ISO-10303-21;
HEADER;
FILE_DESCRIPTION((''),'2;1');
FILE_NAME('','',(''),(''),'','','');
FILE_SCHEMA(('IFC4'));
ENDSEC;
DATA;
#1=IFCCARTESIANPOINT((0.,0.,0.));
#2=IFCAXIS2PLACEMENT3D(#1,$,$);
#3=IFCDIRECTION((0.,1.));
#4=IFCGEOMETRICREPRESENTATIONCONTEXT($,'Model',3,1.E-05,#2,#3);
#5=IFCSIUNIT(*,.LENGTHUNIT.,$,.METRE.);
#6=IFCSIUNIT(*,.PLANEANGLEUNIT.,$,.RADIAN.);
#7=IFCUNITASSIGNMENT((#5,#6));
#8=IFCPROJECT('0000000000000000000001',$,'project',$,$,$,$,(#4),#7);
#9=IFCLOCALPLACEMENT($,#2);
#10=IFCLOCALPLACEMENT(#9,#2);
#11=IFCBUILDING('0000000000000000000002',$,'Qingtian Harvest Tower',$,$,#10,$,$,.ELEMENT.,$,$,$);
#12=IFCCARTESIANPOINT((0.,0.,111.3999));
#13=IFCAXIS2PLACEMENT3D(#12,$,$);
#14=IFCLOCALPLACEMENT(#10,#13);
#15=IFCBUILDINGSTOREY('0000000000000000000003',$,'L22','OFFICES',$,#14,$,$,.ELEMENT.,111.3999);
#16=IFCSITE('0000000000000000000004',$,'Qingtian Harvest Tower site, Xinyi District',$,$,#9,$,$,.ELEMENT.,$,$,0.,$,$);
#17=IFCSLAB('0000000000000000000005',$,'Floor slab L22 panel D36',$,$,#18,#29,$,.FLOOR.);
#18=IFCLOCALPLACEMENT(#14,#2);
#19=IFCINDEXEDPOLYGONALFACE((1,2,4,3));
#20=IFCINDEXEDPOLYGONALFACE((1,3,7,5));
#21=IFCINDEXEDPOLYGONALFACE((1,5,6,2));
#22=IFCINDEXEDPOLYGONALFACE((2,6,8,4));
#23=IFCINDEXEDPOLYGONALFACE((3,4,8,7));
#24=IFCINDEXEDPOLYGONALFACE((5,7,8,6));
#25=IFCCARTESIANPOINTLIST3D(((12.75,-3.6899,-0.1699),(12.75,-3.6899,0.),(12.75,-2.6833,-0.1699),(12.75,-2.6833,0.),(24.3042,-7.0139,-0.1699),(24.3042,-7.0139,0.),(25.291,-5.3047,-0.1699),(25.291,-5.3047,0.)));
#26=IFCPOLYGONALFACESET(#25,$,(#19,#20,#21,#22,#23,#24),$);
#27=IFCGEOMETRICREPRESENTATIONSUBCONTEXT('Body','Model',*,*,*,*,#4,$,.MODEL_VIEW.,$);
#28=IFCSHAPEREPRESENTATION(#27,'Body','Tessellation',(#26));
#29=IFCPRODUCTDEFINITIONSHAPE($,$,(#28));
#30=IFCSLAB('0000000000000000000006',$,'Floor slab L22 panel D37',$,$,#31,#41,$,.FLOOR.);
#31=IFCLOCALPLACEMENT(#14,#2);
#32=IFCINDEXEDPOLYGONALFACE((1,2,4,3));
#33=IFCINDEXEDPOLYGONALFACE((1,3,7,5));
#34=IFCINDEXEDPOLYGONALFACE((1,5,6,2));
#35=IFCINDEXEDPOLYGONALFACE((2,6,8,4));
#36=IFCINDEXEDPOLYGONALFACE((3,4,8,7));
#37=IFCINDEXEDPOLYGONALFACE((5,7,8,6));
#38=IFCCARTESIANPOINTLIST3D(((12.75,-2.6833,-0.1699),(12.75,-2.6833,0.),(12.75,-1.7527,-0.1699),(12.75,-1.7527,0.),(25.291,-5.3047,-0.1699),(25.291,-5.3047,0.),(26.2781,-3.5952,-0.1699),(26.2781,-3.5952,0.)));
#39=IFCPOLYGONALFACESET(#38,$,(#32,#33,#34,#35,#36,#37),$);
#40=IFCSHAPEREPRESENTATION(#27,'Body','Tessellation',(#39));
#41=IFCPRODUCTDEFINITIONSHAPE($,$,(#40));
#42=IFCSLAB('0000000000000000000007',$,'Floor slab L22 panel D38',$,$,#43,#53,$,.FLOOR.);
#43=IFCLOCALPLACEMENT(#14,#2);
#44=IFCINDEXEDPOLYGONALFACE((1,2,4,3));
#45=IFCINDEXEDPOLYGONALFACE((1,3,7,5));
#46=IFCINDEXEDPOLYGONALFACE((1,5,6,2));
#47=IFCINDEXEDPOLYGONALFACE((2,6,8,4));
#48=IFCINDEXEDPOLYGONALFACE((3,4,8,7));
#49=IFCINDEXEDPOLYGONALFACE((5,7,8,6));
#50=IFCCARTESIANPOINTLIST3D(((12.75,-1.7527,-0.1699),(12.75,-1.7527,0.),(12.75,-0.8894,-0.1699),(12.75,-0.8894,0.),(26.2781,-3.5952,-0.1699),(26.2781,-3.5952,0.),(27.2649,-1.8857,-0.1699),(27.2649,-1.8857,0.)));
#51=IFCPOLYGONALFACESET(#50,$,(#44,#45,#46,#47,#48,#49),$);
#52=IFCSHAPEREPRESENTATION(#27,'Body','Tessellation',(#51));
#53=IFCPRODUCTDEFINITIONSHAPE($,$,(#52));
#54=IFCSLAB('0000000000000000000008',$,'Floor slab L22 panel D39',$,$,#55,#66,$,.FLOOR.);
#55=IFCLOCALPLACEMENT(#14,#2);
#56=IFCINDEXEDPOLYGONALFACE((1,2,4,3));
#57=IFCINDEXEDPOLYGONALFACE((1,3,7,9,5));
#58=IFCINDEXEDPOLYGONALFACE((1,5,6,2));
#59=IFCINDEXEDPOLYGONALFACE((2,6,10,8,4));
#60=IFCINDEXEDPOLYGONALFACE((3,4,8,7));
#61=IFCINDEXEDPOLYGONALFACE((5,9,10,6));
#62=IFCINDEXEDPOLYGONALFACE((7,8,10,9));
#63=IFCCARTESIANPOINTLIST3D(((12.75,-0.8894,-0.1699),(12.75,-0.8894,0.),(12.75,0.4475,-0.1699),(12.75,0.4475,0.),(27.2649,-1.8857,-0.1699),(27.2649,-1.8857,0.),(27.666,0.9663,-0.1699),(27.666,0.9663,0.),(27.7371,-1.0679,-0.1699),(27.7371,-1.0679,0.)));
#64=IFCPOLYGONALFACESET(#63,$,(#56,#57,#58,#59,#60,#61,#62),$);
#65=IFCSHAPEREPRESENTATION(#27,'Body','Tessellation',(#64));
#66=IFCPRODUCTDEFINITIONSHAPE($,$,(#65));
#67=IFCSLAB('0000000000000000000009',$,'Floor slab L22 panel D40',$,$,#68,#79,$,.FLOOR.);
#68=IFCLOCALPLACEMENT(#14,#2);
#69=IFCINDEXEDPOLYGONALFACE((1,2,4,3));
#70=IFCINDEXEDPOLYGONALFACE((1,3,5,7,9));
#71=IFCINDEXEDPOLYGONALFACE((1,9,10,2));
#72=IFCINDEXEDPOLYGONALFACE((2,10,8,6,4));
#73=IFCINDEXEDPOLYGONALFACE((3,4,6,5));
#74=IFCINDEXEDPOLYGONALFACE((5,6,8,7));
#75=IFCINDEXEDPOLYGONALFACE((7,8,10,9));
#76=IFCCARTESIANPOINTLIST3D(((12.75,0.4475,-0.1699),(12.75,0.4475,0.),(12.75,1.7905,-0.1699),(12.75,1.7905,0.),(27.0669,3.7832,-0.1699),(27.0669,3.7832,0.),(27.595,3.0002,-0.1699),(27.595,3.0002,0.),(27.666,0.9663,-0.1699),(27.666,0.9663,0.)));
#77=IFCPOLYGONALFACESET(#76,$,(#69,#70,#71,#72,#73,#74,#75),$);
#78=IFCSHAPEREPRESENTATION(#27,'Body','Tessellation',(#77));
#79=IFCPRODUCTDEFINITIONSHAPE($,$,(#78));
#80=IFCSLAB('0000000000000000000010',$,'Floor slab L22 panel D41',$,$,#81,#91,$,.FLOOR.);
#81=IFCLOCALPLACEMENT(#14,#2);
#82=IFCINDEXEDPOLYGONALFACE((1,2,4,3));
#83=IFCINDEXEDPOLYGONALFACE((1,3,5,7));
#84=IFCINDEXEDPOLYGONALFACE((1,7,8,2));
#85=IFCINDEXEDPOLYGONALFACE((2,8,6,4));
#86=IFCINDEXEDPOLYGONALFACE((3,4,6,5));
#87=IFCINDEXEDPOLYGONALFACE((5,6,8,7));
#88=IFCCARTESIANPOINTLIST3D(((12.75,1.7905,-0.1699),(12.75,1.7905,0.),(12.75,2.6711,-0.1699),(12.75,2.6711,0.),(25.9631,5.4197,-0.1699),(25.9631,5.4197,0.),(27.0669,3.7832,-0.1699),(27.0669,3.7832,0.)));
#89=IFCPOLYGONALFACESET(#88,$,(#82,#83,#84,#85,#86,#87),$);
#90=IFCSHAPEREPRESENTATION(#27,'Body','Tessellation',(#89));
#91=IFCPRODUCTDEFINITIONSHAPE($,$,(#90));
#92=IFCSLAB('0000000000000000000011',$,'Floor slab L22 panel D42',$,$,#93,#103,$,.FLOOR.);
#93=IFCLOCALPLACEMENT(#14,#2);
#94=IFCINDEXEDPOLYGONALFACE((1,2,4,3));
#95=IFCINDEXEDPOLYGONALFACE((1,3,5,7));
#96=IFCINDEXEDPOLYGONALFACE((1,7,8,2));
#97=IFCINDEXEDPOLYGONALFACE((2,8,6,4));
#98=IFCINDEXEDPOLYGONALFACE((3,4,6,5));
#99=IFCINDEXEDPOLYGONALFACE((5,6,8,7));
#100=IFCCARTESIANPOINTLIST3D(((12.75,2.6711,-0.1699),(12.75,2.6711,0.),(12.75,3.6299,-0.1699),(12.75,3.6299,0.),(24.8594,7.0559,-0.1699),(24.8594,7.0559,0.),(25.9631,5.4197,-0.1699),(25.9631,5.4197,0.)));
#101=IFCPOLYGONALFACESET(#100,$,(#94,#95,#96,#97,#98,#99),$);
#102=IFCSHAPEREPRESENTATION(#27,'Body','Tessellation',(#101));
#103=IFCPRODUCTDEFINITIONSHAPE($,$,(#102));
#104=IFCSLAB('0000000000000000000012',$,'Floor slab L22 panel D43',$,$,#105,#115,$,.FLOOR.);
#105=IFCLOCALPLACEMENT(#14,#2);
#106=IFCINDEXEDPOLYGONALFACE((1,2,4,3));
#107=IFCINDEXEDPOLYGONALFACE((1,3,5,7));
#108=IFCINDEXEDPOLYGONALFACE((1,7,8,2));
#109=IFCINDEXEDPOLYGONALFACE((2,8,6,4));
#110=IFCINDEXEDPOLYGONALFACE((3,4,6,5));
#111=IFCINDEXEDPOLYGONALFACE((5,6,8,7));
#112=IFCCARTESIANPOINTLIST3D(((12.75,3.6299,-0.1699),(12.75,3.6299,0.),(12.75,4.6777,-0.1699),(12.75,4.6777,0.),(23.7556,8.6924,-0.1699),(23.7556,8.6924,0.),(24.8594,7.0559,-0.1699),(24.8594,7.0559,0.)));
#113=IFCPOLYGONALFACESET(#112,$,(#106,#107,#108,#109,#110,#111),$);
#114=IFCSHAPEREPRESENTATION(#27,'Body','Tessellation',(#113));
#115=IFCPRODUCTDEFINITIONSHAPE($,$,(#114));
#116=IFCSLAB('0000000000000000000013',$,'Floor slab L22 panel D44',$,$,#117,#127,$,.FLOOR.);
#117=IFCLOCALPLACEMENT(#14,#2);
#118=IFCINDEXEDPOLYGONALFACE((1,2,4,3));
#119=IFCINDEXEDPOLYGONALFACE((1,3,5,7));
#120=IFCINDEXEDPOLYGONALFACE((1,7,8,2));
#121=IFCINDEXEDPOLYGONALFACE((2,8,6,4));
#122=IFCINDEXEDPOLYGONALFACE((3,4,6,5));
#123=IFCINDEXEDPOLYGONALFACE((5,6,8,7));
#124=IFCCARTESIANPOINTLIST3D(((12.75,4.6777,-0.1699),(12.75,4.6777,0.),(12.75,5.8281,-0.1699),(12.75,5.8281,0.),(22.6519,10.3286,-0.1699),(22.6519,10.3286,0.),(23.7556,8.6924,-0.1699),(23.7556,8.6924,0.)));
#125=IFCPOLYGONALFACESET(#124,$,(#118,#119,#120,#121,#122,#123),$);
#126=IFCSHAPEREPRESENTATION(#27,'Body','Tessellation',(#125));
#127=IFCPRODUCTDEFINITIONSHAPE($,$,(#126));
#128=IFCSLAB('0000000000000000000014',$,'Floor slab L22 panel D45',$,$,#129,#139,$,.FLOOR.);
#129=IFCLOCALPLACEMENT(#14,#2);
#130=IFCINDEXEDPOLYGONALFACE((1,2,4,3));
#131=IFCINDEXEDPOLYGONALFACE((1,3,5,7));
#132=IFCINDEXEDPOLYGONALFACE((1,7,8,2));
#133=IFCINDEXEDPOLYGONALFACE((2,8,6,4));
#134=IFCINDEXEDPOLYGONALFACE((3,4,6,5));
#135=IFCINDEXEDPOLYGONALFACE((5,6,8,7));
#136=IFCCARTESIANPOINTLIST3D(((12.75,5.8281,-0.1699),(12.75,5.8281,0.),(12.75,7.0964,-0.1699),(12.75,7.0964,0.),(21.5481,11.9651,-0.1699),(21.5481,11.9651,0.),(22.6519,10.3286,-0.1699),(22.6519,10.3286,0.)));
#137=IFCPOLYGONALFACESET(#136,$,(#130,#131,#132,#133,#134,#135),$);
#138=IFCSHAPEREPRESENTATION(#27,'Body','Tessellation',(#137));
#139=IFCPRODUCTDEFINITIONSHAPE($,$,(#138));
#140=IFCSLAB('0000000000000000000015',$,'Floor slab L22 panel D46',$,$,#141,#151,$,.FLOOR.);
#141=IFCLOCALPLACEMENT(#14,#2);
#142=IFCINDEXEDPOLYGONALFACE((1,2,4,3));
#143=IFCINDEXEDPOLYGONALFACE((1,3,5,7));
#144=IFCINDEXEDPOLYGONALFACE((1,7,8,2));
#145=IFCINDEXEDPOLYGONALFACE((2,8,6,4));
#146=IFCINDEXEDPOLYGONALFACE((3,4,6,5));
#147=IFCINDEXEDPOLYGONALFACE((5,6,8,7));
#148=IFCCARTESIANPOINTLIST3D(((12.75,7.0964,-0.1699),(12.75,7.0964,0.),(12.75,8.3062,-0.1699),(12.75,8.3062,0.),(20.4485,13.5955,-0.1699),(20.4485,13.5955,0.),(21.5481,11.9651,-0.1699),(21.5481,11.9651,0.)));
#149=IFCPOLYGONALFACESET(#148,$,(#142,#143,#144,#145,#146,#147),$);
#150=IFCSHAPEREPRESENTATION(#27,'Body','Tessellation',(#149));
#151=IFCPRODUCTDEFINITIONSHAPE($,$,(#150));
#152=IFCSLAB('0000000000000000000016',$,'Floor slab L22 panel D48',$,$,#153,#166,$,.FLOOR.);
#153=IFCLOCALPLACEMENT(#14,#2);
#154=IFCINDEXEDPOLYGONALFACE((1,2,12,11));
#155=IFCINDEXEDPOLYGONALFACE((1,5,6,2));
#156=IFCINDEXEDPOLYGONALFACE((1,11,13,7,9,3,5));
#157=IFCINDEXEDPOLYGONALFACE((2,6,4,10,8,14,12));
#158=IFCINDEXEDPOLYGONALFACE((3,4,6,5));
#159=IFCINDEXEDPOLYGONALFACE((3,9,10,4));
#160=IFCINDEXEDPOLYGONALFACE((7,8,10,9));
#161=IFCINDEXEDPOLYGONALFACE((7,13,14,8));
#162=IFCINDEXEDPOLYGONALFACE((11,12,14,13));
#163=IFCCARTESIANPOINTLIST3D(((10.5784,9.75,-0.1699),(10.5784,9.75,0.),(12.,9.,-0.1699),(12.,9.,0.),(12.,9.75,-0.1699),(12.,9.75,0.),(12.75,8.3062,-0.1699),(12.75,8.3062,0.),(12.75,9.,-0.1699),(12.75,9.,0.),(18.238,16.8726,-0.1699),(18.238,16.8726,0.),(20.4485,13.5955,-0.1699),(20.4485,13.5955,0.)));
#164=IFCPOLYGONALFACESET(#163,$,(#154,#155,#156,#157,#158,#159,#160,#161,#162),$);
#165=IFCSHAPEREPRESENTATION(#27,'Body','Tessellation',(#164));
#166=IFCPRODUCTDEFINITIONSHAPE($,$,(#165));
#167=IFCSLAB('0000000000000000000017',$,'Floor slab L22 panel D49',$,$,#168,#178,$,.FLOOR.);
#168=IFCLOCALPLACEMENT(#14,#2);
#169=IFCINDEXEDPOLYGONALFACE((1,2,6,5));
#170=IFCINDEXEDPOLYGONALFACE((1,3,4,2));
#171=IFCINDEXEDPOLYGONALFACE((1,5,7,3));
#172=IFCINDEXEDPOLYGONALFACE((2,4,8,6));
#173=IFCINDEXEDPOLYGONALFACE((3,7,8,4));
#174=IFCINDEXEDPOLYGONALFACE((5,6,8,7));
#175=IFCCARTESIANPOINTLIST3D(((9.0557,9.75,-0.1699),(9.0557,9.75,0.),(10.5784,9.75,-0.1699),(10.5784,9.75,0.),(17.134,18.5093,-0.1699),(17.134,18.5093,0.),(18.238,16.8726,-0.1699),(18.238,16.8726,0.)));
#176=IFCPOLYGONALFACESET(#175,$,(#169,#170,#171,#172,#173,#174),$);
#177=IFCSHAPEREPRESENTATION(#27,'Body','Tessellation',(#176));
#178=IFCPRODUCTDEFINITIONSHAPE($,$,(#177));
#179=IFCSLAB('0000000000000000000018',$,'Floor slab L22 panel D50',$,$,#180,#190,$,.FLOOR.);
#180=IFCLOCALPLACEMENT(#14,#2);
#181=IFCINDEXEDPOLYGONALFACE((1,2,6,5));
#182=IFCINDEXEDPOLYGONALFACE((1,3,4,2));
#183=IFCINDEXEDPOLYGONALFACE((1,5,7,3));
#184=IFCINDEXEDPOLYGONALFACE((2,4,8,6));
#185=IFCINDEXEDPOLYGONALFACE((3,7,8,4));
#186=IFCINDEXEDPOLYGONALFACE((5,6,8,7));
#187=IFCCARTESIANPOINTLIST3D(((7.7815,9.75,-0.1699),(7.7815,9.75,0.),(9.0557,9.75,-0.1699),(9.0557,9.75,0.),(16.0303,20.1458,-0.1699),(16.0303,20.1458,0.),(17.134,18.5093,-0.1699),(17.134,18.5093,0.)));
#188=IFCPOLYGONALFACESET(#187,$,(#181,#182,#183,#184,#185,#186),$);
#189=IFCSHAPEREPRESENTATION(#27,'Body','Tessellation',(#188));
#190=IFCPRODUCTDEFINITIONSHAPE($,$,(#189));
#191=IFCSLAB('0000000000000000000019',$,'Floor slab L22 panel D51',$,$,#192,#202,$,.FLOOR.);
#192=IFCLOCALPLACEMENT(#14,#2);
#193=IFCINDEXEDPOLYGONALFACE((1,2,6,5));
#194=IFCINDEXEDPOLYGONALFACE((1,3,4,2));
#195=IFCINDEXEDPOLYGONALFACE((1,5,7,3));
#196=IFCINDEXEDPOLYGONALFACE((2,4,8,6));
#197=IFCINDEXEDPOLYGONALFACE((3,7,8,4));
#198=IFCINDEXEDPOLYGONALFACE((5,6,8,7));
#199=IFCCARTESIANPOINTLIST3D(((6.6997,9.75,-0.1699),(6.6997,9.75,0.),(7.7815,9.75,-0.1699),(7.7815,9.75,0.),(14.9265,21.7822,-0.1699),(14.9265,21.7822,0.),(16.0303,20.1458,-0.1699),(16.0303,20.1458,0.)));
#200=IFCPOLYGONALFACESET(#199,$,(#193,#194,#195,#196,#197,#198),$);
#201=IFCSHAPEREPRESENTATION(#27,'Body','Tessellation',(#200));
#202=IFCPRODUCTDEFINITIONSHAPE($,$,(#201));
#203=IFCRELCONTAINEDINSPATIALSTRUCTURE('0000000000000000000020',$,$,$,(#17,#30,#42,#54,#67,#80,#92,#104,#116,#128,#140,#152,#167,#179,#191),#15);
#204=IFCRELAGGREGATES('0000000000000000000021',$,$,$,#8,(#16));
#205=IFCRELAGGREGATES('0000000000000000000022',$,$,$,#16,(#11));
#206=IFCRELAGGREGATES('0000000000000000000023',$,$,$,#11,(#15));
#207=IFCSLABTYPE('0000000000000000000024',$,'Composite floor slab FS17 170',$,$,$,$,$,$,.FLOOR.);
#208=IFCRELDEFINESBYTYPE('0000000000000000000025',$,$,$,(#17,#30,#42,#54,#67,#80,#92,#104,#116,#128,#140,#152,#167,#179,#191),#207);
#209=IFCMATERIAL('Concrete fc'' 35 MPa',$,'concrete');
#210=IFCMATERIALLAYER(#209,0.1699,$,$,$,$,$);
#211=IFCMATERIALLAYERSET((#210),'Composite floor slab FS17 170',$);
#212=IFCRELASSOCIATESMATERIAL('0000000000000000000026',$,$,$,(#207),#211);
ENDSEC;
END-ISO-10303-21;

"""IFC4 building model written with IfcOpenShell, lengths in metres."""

from ifc_helpers import new_model, si_unit, direction, frame, origin, place, context, subcontext, project, spatial, polyline, outline, extrude, material, layer, layer_set, type_object, element, save


model = new_model("IFC4")

# Units and contexts
model_context = context("Model", 3, precision=1e-05, world=origin(), true_north=direction((0.0, 1.0)))
body_context = subcontext(model_context, "Body", "Model", "MODEL_VIEW")
ifc_project = project(units=[si_unit("LENGTHUNIT", "METRE"), si_unit("PLANEANGLEUNIT", "RADIAN")], contexts=[model_context])

# Site, building, storey
site_placement = place(None, origin())
site = spatial("IfcSite", under=ifc_project, at=site_placement, Name="Qingtian Harvest Tower site, Xinyi District", CompositionType="ELEMENT", RefElevation=0.0)
building_placement = place(site_placement, origin())
building = spatial("IfcBuilding", under=site, at=building_placement, Name="Qingtian Harvest Tower", CompositionType="ELEMENT")
storey_placement = place(building_placement, frame((0.0, 0.0, 111.3999)))
storey = spatial("IfcBuildingStorey", under=building, at=storey_placement, Name="L22", Description="OFFICES", CompositionType="ELEMENT", Elevation=111.3999)

# Slabs
ifc_material_1 = material(Name="Concrete fc' 35 MPa", Category="concrete")
ifc_layer_1 = layer(ifc_material_1, 0.1699)
ifc_layer_set_1 = layer_set([ifc_layer_1], Name="Composite floor slab FS17 170")
slab_type = type_object("IfcSlabType", Name="Composite floor slab FS17 170", PredefinedType="FLOOR", material=ifc_layer_set_1)
slab_1_placement = place(storey_placement, frame((0.0, 0.0, -0.1699)))
element("IfcSlab", 1, at=slab_1_placement, inside=storey, type_object=slab_type, Name="Floor slab L22 panel D36", PredefinedType="FLOOR", context=body_context, shape_type="SweptSolid", body=[
    extrude(outline(polyline([(12.75, -2.6833), (25.291, -5.3047), (24.3042, -7.0139), (12.75, -3.6899), (12.75, -2.6833)])), origin(), (0.0, 0.0, 1.0), 0.1699),
])
slab_2_placement = place(storey_placement, frame((0.0, 0.0, -0.1699)))
element("IfcSlab", 2, at=slab_2_placement, inside=storey, type_object=slab_type, Name="Floor slab L22 panel D37", PredefinedType="FLOOR", context=body_context, shape_type="SweptSolid", body=[
    extrude(outline(polyline([(12.75, -1.7527), (26.2781, -3.5952), (25.291, -5.3047), (12.75, -2.6833), (12.75, -1.7527)])), origin(), (0.0, 0.0, 1.0), 0.1699),
])
slab_3_placement = place(storey_placement, frame((0.0, 0.0, -0.1699)))
element("IfcSlab", 3, at=slab_3_placement, inside=storey, type_object=slab_type, Name="Floor slab L22 panel D38", PredefinedType="FLOOR", context=body_context, shape_type="SweptSolid", body=[
    extrude(outline(polyline([(12.75, -0.8894), (27.2649, -1.8857), (26.2781, -3.5952), (12.75, -1.7527), (12.75, -0.8894)])), origin(), (0.0, 0.0, 1.0), 0.1699),
])
slab_4_placement = place(storey_placement, frame((0.0, 0.0, -0.1699)))
element("IfcSlab", 4, at=slab_4_placement, inside=storey, type_object=slab_type, Name="Floor slab L22 panel D39", PredefinedType="FLOOR", context=body_context, shape_type="SweptSolid", body=[
    extrude(outline(polyline([(12.75, -0.8894), (12.75, 0.4475), (27.666, 0.9663), (27.7371, -1.0679), (27.2649, -1.8857), (12.75, -0.8894)])), origin(), (0.0, 0.0, 1.0), 0.1699),
])
slab_5_placement = place(storey_placement, frame((0.0, 0.0, -0.1699)))
element("IfcSlab", 5, at=slab_5_placement, inside=storey, type_object=slab_type, Name="Floor slab L22 panel D40", PredefinedType="FLOOR", context=body_context, shape_type="SweptSolid", body=[
    extrude(outline(polyline([(12.75, 0.4475), (12.75, 1.7905), (27.0669, 3.7832), (27.595, 3.0002), (27.666, 0.9663), (12.75, 0.4475)])), origin(), (0.0, 0.0, 1.0), 0.1699),
])
slab_6_placement = place(storey_placement, frame((0.0, 0.0, -0.1699)))
element("IfcSlab", 6, at=slab_6_placement, inside=storey, type_object=slab_type, Name="Floor slab L22 panel D41", PredefinedType="FLOOR", context=body_context, shape_type="SweptSolid", body=[
    extrude(outline(polyline([(12.75, 2.6711), (25.9631, 5.4197), (27.0669, 3.7832), (12.75, 1.7905), (12.75, 2.6711)])), origin(), (0.0, 0.0, 1.0), 0.1699),
])
slab_7_placement = place(storey_placement, frame((0.0, 0.0, -0.1699)))
element("IfcSlab", 7, at=slab_7_placement, inside=storey, type_object=slab_type, Name="Floor slab L22 panel D42", PredefinedType="FLOOR", context=body_context, shape_type="SweptSolid", body=[
    extrude(outline(polyline([(12.75, 3.6299), (24.8594, 7.0559), (25.9631, 5.4197), (12.75, 2.6711), (12.75, 3.6299)])), origin(), (0.0, 0.0, 1.0), 0.1699),
])
slab_8_placement = place(storey_placement, frame((0.0, 0.0, -0.1699)))
element("IfcSlab", 8, at=slab_8_placement, inside=storey, type_object=slab_type, Name="Floor slab L22 panel D43", PredefinedType="FLOOR", context=body_context, shape_type="SweptSolid", body=[
    extrude(outline(polyline([(12.75, 4.6777), (23.7556, 8.6924), (24.8594, 7.0559), (12.75, 3.6299), (12.75, 4.6777)])), origin(), (0.0, 0.0, 1.0), 0.1699),
])
slab_9_placement = place(storey_placement, frame((0.0, 0.0, -0.1699)))
element("IfcSlab", 9, at=slab_9_placement, inside=storey, type_object=slab_type, Name="Floor slab L22 panel D44", PredefinedType="FLOOR", context=body_context, shape_type="SweptSolid", body=[
    extrude(outline(polyline([(12.75, 5.8281), (22.6519, 10.3286), (23.7556, 8.6924), (12.75, 4.6777), (12.75, 5.8281)])), origin(), (0.0, 0.0, 1.0), 0.1699),
])
slab_10_placement = place(storey_placement, frame((0.0, 0.0, -0.1699)))
element("IfcSlab", 10, at=slab_10_placement, inside=storey, type_object=slab_type, Name="Floor slab L22 panel D45", PredefinedType="FLOOR", context=body_context, shape_type="SweptSolid", body=[
    extrude(outline(polyline([(12.75, 7.0964), (21.5481, 11.9651), (22.6519, 10.3286), (12.75, 5.8281), (12.75, 7.0964)])), origin(), (0.0, 0.0, 1.0), 0.1699),
])
slab_11_placement = place(storey_placement, frame((0.0, 0.0, -0.1699)))
element("IfcSlab", 11, at=slab_11_placement, inside=storey, type_object=slab_type, Name="Floor slab L22 panel D46", PredefinedType="FLOOR", context=body_context, shape_type="SweptSolid", body=[
    extrude(outline(polyline([(12.75, 8.3062), (20.4485, 13.5955), (21.5481, 11.9651), (12.75, 7.0964), (12.75, 8.3062)])), origin(), (0.0, 0.0, 1.0), 0.1699),
])
slab_12_placement = place(storey_placement, frame((0.0, 0.0, -0.1699)))
element("IfcSlab", 12, at=slab_12_placement, inside=storey, type_object=slab_type, Name="Floor slab L22 panel D48", PredefinedType="FLOOR", context=body_context, shape_type="SweptSolid", body=[
    extrude(outline(polyline([(18.238, 16.8726), (20.4485, 13.5955), (12.75, 8.3062), (12.75, 9.0), (12.0, 9.0), (12.0, 9.75), (10.5784, 9.75), (18.238, 16.8726)])), origin(), (0.0, 0.0, 1.0), 0.1699),
])
slab_13_placement = place(storey_placement, frame((0.0, 0.0, -0.1699)))
element("IfcSlab", 13, at=slab_13_placement, inside=storey, type_object=slab_type, Name="Floor slab L22 panel D49", PredefinedType="FLOOR", context=body_context, shape_type="SweptSolid", body=[
    extrude(outline(polyline([(9.0557, 9.75), (17.134, 18.5093), (18.238, 16.8726), (10.5784, 9.75), (9.0557, 9.75)])), origin(), (0.0, 0.0, 1.0), 0.1699),
])
slab_14_placement = place(storey_placement, frame((0.0, 0.0, -0.1699)))
element("IfcSlab", 14, at=slab_14_placement, inside=storey, type_object=slab_type, Name="Floor slab L22 panel D50", PredefinedType="FLOOR", context=body_context, shape_type="SweptSolid", body=[
    extrude(outline(polyline([(7.7815, 9.75), (16.0303, 20.1458), (17.134, 18.5093), (9.0557, 9.75), (7.7815, 9.75)])), origin(), (0.0, 0.0, 1.0), 0.1699),
])
slab_15_placement = place(storey_placement, frame((0.0, 0.0, -0.1699)))
element("IfcSlab", 15, at=slab_15_placement, inside=storey, type_object=slab_type, Name="Floor slab L22 panel D51", PredefinedType="FLOOR", context=body_context, shape_type="SweptSolid", body=[
    extrude(outline(polyline([(6.6997, 9.75), (14.9265, 21.7822), (16.0303, 20.1458), (7.7815, 9.75), (6.6997, 9.75)])), origin(), (0.0, 0.0, 1.0), 0.1699),
])

save(model, "model.ifc")
